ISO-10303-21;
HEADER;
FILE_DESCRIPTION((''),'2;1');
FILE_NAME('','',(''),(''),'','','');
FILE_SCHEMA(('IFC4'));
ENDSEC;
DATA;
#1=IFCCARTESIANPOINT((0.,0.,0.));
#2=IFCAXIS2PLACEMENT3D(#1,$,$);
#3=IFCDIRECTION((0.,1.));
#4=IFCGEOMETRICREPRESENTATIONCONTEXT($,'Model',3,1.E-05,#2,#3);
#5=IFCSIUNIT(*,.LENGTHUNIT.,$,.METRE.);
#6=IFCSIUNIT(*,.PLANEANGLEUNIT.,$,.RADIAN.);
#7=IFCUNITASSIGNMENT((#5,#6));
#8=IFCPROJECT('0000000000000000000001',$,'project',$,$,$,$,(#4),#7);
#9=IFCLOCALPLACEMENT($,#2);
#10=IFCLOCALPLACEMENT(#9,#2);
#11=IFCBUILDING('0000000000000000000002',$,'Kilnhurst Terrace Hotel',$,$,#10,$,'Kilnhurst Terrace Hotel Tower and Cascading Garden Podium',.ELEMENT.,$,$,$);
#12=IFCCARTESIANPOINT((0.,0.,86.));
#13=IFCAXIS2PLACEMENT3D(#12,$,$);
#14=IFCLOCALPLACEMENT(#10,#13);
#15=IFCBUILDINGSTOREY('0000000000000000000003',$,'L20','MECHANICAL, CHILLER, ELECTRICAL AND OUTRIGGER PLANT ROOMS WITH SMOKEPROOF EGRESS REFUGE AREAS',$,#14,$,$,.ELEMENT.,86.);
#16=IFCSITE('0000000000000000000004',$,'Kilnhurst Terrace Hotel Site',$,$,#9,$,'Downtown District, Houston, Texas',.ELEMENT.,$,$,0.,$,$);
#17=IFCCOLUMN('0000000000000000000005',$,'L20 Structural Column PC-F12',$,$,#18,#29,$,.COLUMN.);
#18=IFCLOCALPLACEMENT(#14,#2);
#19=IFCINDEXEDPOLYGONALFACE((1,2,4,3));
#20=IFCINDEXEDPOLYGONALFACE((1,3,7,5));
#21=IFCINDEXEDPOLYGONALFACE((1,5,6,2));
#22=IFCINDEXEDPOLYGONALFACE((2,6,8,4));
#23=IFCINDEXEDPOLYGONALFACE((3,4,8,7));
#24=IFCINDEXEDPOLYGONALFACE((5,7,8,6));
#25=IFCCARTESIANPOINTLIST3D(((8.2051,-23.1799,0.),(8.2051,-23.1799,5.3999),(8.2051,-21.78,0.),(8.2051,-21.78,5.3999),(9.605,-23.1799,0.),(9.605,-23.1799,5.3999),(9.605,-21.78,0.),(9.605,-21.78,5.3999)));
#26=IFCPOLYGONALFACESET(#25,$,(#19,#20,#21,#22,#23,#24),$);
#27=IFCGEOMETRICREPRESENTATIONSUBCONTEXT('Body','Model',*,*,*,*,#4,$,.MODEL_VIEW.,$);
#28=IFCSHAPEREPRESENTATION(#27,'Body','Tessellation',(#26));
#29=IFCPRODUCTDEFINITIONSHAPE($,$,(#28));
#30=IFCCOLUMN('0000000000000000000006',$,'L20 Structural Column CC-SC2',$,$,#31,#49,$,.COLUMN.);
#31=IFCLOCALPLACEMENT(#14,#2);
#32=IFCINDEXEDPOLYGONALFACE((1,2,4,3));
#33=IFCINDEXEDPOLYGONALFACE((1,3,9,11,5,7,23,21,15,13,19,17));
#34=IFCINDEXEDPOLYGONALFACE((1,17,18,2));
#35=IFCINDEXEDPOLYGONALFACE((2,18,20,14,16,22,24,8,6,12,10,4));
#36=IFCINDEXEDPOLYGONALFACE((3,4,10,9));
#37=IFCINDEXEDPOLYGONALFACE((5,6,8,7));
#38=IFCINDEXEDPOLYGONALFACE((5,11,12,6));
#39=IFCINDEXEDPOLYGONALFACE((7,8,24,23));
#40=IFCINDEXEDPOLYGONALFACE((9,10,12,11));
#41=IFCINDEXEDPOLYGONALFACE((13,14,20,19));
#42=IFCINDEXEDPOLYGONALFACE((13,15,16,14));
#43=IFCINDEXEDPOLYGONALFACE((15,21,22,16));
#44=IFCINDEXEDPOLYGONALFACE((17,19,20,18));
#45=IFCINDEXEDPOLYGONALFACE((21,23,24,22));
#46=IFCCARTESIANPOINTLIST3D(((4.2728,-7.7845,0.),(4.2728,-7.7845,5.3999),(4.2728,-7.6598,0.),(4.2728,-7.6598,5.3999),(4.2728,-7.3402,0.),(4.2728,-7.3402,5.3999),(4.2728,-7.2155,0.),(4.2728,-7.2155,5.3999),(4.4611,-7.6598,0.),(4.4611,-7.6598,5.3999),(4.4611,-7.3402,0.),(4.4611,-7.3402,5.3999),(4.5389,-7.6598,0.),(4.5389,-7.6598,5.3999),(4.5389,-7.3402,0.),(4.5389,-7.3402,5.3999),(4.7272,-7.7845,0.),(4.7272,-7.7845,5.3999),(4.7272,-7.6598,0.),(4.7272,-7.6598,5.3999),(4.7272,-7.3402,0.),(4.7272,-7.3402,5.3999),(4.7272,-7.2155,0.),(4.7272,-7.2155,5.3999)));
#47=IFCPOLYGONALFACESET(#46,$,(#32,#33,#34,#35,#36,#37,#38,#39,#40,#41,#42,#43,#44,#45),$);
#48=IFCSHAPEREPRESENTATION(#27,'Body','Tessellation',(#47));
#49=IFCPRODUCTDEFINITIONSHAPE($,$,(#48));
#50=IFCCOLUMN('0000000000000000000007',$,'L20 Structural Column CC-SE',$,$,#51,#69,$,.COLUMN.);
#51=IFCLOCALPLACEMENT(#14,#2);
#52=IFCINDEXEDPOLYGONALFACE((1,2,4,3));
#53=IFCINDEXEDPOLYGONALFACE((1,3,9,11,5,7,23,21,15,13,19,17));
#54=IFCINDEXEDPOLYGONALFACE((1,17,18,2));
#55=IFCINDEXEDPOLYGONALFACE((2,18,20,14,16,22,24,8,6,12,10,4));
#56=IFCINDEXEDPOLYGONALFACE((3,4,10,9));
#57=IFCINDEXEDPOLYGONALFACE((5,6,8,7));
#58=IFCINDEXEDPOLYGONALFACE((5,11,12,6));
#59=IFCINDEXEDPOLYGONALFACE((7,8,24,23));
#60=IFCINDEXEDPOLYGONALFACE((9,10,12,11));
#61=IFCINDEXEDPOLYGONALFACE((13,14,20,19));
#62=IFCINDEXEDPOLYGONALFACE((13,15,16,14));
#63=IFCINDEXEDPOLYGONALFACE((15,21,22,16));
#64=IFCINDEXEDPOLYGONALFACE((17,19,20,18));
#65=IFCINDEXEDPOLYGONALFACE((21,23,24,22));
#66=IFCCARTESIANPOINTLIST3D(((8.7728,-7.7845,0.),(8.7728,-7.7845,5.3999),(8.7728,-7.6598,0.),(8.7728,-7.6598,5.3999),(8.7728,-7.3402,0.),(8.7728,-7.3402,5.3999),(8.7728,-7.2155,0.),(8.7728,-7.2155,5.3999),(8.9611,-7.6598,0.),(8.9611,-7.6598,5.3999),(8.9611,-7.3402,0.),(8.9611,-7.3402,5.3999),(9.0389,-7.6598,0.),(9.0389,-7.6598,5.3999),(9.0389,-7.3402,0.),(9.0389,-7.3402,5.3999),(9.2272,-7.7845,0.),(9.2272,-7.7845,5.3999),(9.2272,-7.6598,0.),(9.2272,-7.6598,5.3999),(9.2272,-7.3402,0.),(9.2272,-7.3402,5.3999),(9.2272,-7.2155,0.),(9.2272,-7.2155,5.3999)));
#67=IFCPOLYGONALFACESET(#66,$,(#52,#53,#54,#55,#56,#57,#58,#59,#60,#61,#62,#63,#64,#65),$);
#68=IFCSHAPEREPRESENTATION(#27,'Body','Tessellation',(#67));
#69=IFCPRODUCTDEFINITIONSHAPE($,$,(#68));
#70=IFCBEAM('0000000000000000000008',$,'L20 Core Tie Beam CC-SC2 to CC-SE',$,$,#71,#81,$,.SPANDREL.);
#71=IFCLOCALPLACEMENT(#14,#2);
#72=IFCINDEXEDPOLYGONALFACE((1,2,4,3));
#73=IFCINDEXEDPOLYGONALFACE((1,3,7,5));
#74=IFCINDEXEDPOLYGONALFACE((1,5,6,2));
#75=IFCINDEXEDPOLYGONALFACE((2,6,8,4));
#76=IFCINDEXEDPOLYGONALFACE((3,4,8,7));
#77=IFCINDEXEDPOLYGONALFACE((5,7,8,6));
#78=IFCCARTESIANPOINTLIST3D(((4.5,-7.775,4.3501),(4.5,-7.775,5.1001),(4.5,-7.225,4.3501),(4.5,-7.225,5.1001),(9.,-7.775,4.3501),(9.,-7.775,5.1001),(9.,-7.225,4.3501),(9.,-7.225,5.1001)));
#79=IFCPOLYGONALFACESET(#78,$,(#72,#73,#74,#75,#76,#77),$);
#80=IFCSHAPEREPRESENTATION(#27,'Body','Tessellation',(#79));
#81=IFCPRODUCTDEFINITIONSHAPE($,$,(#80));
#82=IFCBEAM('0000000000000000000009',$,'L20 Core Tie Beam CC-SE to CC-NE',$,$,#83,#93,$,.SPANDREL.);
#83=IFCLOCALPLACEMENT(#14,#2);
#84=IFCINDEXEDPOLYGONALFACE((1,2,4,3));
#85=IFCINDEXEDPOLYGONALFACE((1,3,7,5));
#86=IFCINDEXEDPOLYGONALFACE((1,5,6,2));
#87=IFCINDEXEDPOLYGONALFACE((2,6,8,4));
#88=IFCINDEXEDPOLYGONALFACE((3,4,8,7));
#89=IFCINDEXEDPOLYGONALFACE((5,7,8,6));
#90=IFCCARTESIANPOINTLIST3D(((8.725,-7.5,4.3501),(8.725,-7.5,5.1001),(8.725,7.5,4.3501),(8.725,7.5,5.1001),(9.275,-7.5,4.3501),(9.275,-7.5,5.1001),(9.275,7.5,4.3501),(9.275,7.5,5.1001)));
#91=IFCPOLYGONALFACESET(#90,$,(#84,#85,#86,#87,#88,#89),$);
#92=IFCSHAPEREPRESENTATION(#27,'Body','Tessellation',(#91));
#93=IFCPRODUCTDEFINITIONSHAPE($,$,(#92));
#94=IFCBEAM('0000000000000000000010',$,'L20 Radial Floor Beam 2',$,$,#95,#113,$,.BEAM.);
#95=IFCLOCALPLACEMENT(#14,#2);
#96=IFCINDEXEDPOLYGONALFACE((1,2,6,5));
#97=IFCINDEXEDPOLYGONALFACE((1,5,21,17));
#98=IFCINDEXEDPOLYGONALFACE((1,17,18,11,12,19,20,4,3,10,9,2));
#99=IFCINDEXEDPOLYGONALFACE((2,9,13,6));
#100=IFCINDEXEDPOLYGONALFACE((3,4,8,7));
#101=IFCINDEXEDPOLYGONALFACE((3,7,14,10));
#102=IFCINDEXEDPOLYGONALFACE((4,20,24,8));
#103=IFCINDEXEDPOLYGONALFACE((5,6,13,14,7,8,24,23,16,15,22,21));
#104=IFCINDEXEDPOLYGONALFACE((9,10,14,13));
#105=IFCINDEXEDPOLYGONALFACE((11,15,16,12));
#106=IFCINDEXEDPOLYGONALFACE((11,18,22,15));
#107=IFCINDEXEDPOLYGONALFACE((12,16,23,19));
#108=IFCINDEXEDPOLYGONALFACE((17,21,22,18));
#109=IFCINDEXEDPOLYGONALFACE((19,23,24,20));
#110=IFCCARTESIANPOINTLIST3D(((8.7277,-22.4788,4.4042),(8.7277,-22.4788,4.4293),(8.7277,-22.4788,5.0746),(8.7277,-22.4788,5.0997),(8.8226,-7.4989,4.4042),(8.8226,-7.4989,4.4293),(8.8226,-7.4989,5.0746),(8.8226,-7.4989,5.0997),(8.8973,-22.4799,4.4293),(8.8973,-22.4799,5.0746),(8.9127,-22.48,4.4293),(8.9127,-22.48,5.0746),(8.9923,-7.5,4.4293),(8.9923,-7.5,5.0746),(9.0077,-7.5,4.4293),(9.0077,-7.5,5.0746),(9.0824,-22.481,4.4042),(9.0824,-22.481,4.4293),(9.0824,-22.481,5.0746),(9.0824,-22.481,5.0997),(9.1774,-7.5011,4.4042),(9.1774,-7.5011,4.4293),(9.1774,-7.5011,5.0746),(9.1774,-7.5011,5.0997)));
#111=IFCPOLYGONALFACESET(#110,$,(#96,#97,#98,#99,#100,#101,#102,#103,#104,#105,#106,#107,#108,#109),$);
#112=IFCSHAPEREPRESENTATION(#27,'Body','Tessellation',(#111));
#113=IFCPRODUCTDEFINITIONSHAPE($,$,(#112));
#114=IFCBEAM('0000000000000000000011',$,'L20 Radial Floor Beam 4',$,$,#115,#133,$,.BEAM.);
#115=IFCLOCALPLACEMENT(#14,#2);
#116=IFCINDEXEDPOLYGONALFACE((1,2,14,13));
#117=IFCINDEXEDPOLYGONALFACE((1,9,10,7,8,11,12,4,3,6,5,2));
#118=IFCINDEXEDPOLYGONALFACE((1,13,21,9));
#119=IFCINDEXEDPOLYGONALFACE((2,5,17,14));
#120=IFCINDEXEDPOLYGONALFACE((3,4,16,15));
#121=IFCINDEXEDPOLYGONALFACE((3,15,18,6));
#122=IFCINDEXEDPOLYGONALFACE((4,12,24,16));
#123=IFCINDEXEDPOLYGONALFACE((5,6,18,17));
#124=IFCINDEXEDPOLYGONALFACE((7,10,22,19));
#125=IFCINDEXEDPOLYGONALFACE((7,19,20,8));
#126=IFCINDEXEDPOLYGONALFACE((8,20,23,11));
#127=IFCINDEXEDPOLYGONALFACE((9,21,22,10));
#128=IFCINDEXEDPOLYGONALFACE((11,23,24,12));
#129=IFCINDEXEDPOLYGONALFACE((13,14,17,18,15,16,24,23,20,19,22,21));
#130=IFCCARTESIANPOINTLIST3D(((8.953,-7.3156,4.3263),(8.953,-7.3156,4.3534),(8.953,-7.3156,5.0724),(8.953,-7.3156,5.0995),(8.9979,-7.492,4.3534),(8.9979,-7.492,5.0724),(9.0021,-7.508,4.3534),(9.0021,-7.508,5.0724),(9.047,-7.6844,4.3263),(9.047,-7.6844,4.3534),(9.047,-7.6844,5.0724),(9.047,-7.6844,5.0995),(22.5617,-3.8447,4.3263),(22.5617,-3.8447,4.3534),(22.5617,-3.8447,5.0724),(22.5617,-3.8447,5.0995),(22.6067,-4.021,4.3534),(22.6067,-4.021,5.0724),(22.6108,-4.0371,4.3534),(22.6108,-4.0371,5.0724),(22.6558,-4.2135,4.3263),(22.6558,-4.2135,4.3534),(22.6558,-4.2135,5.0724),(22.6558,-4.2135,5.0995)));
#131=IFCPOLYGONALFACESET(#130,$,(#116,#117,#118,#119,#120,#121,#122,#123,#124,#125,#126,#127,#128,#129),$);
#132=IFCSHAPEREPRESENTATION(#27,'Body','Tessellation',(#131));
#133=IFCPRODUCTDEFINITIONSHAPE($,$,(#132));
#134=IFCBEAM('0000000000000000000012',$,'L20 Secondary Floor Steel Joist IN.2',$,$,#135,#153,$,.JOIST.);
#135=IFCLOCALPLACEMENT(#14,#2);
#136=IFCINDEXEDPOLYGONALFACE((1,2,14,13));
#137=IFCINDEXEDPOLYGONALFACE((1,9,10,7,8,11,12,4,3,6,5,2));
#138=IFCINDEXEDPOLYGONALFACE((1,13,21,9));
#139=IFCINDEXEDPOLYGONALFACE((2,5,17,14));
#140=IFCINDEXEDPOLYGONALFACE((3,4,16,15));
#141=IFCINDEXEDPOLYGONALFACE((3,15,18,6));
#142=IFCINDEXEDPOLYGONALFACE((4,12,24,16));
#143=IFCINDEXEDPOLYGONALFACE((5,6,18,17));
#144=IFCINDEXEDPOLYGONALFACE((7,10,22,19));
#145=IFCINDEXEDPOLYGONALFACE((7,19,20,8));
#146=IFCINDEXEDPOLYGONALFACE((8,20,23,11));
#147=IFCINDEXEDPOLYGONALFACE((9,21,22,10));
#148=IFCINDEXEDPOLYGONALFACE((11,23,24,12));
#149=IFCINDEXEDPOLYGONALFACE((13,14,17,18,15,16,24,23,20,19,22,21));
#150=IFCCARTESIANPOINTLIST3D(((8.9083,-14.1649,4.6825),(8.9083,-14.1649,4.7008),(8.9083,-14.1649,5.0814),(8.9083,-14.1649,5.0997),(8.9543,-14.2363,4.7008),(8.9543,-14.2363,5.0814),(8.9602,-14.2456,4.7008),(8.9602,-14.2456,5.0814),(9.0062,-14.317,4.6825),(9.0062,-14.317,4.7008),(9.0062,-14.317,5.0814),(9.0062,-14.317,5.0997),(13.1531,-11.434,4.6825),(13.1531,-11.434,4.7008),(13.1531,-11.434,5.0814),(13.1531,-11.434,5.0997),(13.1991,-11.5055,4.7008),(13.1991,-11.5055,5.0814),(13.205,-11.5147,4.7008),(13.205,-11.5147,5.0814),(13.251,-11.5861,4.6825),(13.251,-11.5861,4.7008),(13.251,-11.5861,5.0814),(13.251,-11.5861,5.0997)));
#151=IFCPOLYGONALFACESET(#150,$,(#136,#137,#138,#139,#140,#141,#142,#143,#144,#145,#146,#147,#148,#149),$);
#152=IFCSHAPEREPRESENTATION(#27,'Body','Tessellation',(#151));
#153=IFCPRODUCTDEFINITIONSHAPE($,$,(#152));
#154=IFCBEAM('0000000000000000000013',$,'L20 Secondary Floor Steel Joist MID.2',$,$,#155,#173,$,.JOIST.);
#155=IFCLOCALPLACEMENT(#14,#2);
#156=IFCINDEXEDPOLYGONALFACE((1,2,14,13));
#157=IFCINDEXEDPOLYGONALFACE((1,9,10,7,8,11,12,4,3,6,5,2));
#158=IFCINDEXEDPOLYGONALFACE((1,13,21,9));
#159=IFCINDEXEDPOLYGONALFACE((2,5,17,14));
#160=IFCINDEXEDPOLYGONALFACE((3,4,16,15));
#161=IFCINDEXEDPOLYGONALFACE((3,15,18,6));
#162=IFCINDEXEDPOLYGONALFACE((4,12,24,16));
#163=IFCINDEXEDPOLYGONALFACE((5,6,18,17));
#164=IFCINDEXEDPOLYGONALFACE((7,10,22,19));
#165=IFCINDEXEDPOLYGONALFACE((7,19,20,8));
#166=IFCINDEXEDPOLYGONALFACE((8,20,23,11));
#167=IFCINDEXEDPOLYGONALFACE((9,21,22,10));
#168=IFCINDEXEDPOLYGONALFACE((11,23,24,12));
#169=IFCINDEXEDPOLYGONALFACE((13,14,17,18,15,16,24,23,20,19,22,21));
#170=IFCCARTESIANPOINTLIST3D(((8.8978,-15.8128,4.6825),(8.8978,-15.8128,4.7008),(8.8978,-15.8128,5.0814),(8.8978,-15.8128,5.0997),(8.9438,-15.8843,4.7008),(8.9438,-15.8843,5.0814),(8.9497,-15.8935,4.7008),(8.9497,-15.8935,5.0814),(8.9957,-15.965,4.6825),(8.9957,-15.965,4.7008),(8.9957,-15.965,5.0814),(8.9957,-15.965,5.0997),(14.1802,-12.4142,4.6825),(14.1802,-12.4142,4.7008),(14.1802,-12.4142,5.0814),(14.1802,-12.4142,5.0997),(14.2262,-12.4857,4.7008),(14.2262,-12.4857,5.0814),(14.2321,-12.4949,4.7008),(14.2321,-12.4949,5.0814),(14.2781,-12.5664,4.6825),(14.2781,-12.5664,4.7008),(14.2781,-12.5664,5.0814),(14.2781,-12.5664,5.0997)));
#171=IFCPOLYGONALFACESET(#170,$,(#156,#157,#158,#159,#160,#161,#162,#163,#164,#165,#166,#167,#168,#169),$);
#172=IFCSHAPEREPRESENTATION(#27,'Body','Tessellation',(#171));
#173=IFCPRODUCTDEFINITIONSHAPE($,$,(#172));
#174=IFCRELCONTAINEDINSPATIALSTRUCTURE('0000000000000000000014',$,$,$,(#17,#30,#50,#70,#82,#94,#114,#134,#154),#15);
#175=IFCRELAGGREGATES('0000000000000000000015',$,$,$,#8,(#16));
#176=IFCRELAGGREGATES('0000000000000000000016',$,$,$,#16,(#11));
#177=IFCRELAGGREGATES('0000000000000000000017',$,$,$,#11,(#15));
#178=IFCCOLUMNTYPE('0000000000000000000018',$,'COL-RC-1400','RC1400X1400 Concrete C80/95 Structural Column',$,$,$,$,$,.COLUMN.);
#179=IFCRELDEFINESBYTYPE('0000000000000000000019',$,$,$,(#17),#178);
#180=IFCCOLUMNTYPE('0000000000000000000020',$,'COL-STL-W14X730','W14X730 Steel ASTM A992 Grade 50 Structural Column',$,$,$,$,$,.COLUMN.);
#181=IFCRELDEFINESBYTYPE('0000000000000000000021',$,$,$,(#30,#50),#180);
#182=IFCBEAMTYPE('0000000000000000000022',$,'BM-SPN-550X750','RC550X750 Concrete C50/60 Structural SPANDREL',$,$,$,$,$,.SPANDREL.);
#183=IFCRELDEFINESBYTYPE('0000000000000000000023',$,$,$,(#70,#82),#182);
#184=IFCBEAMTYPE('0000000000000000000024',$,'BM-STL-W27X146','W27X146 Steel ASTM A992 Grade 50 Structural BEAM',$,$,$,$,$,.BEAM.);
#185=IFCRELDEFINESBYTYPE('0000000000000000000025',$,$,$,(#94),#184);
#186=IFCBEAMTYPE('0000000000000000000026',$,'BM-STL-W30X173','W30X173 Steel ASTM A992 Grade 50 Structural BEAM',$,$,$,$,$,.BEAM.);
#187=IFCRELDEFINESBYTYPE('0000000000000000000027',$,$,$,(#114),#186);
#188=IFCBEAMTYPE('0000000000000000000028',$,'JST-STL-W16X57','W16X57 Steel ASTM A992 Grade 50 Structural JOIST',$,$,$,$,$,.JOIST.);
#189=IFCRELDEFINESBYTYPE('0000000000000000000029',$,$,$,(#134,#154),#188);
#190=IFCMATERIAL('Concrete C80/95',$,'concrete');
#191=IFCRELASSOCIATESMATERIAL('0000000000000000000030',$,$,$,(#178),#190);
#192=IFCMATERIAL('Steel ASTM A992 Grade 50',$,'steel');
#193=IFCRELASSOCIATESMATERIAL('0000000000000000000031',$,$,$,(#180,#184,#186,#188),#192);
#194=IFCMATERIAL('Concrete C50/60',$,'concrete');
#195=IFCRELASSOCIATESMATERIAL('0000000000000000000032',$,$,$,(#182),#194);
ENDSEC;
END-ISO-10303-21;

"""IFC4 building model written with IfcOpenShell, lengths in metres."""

from ifc_helpers import new_model, si_unit, direction, frame, origin, origin_2d, place, context, subcontext, project, spatial, rectangle, i_section, extrude, material, material_profile, profile_set, type_object, element, save


model = new_model("IFC4")

# Units and contexts
model_context = context("Model", 3, precision=1e-05, world=origin(), true_north=direction((0.0, 1.0)))
body_context = subcontext(model_context, "Body", "Model", "MODEL_VIEW")
ifc_project = project(units=[si_unit("LENGTHUNIT", "METRE"), si_unit("PLANEANGLEUNIT", "RADIAN")], contexts=[model_context])

# Site, building, storey
site_placement = place(None, origin())
site = spatial("IfcSite", under=ifc_project, at=site_placement, Name="Kilnhurst Terrace Hotel Site", LongName="Downtown District, Houston, Texas", CompositionType="ELEMENT", RefElevation=0.0)
building_placement = place(site_placement, origin())
building = spatial("IfcBuilding", under=site, at=building_placement, Name="Kilnhurst Terrace Hotel", LongName="Kilnhurst Terrace Hotel Tower and Cascading Garden Podium", CompositionType="ELEMENT")
storey_placement = place(building_placement, frame((0.0, 0.0, 86.0)))
storey = spatial("IfcBuildingStorey", under=building, at=storey_placement, Name="L20", Description="MECHANICAL, CHILLER, ELECTRICAL AND OUTRIGGER PLANT ROOMS WITH SMOKEPROOF EGRESS REFUGE AREAS", CompositionType="ELEMENT", Elevation=86.0)

# Columns
ifc_material_1 = material(Name="Concrete C80/95", Category="concrete")
ifc_material_profile_1 = material_profile(ifc_material_1, rectangle(XDim=1.3999, YDim=1.3999, at=origin_2d()), Name="RC1400X1400")
ifc_profile_set_1 = profile_set([ifc_material_profile_1], Name="Concrete C80/95")
column_type_1 = type_object("IfcColumnType", Name="COL-RC-1400", Description="RC1400X1400 Concrete C80/95 Structural Column", PredefinedType="COLUMN", material=ifc_profile_set_1)
column_placement = place(storey_placement, frame((8.905, -22.48, 0.0), z_axis=(0.0, 0.0, 1.0), x_axis=(1.0, 0.0, 0.0)))
element("IfcColumn", 1, at=column_placement, inside=storey, type_object=column_type_1, Name="L20 Structural Column PC-F12", PredefinedType="COLUMN", context=body_context, shape_type="SweptSolid", body=[
    extrude(rectangle(XDim=1.3999, YDim=1.3999, at=origin_2d()), origin(), (0.0, 0.0, 1.0), 5.3999),
])
ifc_material_2 = material(Name="Steel ASTM A992 Grade 50", Category="steel")
ifc_material_profile_2 = material_profile(ifc_material_2, i_section(OverallWidth=0.4543, OverallDepth=0.5691, WebThickness=0.0779, FlangeThickness=0.1248, at=origin_2d()), Name="W14X730")
ifc_profile_set_2 = profile_set([ifc_material_profile_2], Name="Steel ASTM A992 Grade 50")
column_type_2 = type_object("IfcColumnType", Name="COL-STL-W14X730", Description="W14X730 Steel ASTM A992 Grade 50 Structural Column", PredefinedType="COLUMN", material=ifc_profile_set_2)
for number, where, z_axis, x_axis, name in (
    (2, (4.5, -7.5, 0.0), (0.0, 0.0, 1.0), (1.0, 0.0, 0.0), "L20 Structural Column CC-SC2"),
    (3, (9.0, -7.5, 0.0), (0.0, 0.0, 1.0), (1.0, 0.0, 0.0), "L20 Structural Column CC-SE"),
):
    element("IfcColumn", number, at=place(storey_placement, frame(where, z_axis=z_axis, x_axis=x_axis)), inside=storey, type_object=column_type_2, Name=name, PredefinedType="COLUMN", context=body_context, shape_type="SweptSolid", body=[
        extrude(i_section(OverallWidth=0.4543, OverallDepth=0.5691, WebThickness=0.0779, FlangeThickness=0.1248, at=origin_2d()), origin(), (0.0, 0.0, 1.0), 5.3999),
    ])

# Beams
ifc_material_3 = material(Name="Concrete C50/60", Category="concrete")
ifc_material_profile_3 = material_profile(ifc_material_3, rectangle(XDim=0.55, YDim=0.75, at=origin_2d()), Name="RC550X750")
ifc_profile_set_3 = profile_set([ifc_material_profile_3], Name="Concrete C50/60")
beam_type_1 = type_object("IfcBeamType", Name="BM-SPN-550X750", Description="RC550X750 Concrete C50/60 Structural SPANDREL", PredefinedType="SPANDREL", material=ifc_profile_set_3)
beam_1_placement = place(storey_placement, frame((4.5, -7.5, 4.7251), z_axis=(1.0, 0.0, 0.0), x_axis=(0.0, 1.0, 0.0)))
element("IfcBeam", 4, at=beam_1_placement, inside=storey, type_object=beam_type_1, Name="L20 Core Tie Beam CC-SC2 to CC-SE", PredefinedType="SPANDREL", context=body_context, shape_type="SweptSolid", body=[
    extrude(rectangle(XDim=0.55, YDim=0.75, at=origin_2d()), origin(), (0.0, 0.0, 1.0), 4.5),
])
beam_2_placement = place(storey_placement, frame((9.0, -7.5, 4.7251), z_axis=(0.0, 1.0, 0.0), x_axis=(-1.0, 0.0, 0.0)))
element("IfcBeam", 5, at=beam_2_placement, inside=storey, type_object=beam_type_1, Name="L20 Core Tie Beam CC-SE to CC-NE", PredefinedType="SPANDREL", context=body_context, shape_type="SweptSolid", body=[
    extrude(rectangle(XDim=0.55, YDim=0.75, at=origin_2d()), origin(), (0.0, 0.0, 1.0), 15.0),
])
ifc_material_profile_4 = material_profile(ifc_material_2, i_section(OverallWidth=0.3547, OverallDepth=0.6956, WebThickness=0.0154, FlangeThickness=0.0251, at=origin_2d()), Name="W27X146")
ifc_profile_set_4 = profile_set([ifc_material_profile_4], Name="Steel ASTM A992 Grade 50")
beam_type_2 = type_object("IfcBeamType", Name="BM-STL-W27X146", Description="W27X146 Steel ASTM A992 Grade 50 Structural BEAM", PredefinedType="BEAM", material=ifc_profile_set_4)
beam_3_placement = place(storey_placement, frame((9.0, -7.5, 4.752), z_axis=(-0.00634, -0.99998, 0.0), x_axis=(0.99998, -0.00634, 0.0)))
element("IfcBeam", 6, at=beam_3_placement, inside=storey, type_object=beam_type_2, Name="L20 Radial Floor Beam 2", PredefinedType="BEAM", context=body_context, shape_type="SweptSolid", body=[
    extrude(i_section(OverallWidth=0.3547, OverallDepth=0.6956, WebThickness=0.0154, FlangeThickness=0.0251, at=origin_2d()), origin(), (0.0, 0.0, 1.0), 14.9802),
])
ifc_material_profile_5 = material_profile(ifc_material_2, i_section(OverallWidth=0.3806, OverallDepth=0.7732, WebThickness=0.0166, FlangeThickness=0.0271, at=origin_2d()), Name="W30X173")
ifc_profile_set_5 = profile_set([ifc_material_profile_5], Name="Steel ASTM A992 Grade 50")
beam_type_3 = type_object("IfcBeamType", Name="BM-STL-W30X173", Description="W30X173 Steel ASTM A992 Grade 50 Structural BEAM", PredefinedType="BEAM", material=ifc_profile_set_5)
beam_4_placement = place(storey_placement, frame((9.0, -7.5, 4.7129), z_axis=(0.96898, 0.247138, 0.0), x_axis=(-0.247138, 0.96898, 0.0)))
element("IfcBeam", 7, at=beam_4_placement, inside=storey, type_object=beam_type_3, Name="L20 Radial Floor Beam 4", PredefinedType="BEAM", context=body_context, shape_type="SweptSolid", body=[
    extrude(i_section(OverallWidth=0.3806, OverallDepth=0.7732, WebThickness=0.0166, FlangeThickness=0.0271, at=origin_2d()), origin(), (0.0, 0.0, 1.0), 14.0444),
])
ifc_material_profile_6 = material_profile(ifc_material_2, i_section(OverallWidth=0.1809, OverallDepth=0.4172, WebThickness=0.011, FlangeThickness=0.0183, at=origin_2d()), Name="W16X57")
ifc_profile_set_6 = profile_set([ifc_material_profile_6], Name="Steel ASTM A992 Grade 50")
beam_type_4 = type_object("IfcBeamType", Name="JST-STL-W16X57", Description="W16X57 Steel ASTM A992 Grade 50 Structural JOIST", PredefinedType="JOIST", material=ifc_profile_set_6)
beam_5_placement = place(storey_placement, frame((8.9573, -14.241, 4.8911), z_axis=(0.840988, 0.541053, 0.0), x_axis=(-0.541053, 0.840988, 0.0)))
element("IfcBeam", 8, at=beam_5_placement, inside=storey, type_object=beam_type_4, Name="L20 Secondary Floor Steel Joist IN.2", PredefinedType="JOIST", context=body_context, shape_type="SweptSolid", body=[
    extrude(i_section(OverallWidth=0.1809, OverallDepth=0.4172, WebThickness=0.011, FlangeThickness=0.0183, at=origin_2d()), origin(), (0.0, 0.0, 1.0), 5.0474),
])
beam_6_placement = place(storey_placement, frame((8.9468, -15.8889, 4.8911), z_axis=(0.840975, 0.541074, 0.0), x_axis=(-0.541074, 0.840975, 0.0)))
element("IfcBeam", 9, at=beam_6_placement, inside=storey, type_object=beam_type_4, Name="L20 Secondary Floor Steel Joist MID.2", PredefinedType="JOIST", context=body_context, shape_type="SweptSolid", body=[
    extrude(i_section(OverallWidth=0.1809, OverallDepth=0.4172, WebThickness=0.011, FlangeThickness=0.0183, at=origin_2d()), origin(), (0.0, 0.0, 1.0), 6.2812),
])

save(model, "model.ifc")
